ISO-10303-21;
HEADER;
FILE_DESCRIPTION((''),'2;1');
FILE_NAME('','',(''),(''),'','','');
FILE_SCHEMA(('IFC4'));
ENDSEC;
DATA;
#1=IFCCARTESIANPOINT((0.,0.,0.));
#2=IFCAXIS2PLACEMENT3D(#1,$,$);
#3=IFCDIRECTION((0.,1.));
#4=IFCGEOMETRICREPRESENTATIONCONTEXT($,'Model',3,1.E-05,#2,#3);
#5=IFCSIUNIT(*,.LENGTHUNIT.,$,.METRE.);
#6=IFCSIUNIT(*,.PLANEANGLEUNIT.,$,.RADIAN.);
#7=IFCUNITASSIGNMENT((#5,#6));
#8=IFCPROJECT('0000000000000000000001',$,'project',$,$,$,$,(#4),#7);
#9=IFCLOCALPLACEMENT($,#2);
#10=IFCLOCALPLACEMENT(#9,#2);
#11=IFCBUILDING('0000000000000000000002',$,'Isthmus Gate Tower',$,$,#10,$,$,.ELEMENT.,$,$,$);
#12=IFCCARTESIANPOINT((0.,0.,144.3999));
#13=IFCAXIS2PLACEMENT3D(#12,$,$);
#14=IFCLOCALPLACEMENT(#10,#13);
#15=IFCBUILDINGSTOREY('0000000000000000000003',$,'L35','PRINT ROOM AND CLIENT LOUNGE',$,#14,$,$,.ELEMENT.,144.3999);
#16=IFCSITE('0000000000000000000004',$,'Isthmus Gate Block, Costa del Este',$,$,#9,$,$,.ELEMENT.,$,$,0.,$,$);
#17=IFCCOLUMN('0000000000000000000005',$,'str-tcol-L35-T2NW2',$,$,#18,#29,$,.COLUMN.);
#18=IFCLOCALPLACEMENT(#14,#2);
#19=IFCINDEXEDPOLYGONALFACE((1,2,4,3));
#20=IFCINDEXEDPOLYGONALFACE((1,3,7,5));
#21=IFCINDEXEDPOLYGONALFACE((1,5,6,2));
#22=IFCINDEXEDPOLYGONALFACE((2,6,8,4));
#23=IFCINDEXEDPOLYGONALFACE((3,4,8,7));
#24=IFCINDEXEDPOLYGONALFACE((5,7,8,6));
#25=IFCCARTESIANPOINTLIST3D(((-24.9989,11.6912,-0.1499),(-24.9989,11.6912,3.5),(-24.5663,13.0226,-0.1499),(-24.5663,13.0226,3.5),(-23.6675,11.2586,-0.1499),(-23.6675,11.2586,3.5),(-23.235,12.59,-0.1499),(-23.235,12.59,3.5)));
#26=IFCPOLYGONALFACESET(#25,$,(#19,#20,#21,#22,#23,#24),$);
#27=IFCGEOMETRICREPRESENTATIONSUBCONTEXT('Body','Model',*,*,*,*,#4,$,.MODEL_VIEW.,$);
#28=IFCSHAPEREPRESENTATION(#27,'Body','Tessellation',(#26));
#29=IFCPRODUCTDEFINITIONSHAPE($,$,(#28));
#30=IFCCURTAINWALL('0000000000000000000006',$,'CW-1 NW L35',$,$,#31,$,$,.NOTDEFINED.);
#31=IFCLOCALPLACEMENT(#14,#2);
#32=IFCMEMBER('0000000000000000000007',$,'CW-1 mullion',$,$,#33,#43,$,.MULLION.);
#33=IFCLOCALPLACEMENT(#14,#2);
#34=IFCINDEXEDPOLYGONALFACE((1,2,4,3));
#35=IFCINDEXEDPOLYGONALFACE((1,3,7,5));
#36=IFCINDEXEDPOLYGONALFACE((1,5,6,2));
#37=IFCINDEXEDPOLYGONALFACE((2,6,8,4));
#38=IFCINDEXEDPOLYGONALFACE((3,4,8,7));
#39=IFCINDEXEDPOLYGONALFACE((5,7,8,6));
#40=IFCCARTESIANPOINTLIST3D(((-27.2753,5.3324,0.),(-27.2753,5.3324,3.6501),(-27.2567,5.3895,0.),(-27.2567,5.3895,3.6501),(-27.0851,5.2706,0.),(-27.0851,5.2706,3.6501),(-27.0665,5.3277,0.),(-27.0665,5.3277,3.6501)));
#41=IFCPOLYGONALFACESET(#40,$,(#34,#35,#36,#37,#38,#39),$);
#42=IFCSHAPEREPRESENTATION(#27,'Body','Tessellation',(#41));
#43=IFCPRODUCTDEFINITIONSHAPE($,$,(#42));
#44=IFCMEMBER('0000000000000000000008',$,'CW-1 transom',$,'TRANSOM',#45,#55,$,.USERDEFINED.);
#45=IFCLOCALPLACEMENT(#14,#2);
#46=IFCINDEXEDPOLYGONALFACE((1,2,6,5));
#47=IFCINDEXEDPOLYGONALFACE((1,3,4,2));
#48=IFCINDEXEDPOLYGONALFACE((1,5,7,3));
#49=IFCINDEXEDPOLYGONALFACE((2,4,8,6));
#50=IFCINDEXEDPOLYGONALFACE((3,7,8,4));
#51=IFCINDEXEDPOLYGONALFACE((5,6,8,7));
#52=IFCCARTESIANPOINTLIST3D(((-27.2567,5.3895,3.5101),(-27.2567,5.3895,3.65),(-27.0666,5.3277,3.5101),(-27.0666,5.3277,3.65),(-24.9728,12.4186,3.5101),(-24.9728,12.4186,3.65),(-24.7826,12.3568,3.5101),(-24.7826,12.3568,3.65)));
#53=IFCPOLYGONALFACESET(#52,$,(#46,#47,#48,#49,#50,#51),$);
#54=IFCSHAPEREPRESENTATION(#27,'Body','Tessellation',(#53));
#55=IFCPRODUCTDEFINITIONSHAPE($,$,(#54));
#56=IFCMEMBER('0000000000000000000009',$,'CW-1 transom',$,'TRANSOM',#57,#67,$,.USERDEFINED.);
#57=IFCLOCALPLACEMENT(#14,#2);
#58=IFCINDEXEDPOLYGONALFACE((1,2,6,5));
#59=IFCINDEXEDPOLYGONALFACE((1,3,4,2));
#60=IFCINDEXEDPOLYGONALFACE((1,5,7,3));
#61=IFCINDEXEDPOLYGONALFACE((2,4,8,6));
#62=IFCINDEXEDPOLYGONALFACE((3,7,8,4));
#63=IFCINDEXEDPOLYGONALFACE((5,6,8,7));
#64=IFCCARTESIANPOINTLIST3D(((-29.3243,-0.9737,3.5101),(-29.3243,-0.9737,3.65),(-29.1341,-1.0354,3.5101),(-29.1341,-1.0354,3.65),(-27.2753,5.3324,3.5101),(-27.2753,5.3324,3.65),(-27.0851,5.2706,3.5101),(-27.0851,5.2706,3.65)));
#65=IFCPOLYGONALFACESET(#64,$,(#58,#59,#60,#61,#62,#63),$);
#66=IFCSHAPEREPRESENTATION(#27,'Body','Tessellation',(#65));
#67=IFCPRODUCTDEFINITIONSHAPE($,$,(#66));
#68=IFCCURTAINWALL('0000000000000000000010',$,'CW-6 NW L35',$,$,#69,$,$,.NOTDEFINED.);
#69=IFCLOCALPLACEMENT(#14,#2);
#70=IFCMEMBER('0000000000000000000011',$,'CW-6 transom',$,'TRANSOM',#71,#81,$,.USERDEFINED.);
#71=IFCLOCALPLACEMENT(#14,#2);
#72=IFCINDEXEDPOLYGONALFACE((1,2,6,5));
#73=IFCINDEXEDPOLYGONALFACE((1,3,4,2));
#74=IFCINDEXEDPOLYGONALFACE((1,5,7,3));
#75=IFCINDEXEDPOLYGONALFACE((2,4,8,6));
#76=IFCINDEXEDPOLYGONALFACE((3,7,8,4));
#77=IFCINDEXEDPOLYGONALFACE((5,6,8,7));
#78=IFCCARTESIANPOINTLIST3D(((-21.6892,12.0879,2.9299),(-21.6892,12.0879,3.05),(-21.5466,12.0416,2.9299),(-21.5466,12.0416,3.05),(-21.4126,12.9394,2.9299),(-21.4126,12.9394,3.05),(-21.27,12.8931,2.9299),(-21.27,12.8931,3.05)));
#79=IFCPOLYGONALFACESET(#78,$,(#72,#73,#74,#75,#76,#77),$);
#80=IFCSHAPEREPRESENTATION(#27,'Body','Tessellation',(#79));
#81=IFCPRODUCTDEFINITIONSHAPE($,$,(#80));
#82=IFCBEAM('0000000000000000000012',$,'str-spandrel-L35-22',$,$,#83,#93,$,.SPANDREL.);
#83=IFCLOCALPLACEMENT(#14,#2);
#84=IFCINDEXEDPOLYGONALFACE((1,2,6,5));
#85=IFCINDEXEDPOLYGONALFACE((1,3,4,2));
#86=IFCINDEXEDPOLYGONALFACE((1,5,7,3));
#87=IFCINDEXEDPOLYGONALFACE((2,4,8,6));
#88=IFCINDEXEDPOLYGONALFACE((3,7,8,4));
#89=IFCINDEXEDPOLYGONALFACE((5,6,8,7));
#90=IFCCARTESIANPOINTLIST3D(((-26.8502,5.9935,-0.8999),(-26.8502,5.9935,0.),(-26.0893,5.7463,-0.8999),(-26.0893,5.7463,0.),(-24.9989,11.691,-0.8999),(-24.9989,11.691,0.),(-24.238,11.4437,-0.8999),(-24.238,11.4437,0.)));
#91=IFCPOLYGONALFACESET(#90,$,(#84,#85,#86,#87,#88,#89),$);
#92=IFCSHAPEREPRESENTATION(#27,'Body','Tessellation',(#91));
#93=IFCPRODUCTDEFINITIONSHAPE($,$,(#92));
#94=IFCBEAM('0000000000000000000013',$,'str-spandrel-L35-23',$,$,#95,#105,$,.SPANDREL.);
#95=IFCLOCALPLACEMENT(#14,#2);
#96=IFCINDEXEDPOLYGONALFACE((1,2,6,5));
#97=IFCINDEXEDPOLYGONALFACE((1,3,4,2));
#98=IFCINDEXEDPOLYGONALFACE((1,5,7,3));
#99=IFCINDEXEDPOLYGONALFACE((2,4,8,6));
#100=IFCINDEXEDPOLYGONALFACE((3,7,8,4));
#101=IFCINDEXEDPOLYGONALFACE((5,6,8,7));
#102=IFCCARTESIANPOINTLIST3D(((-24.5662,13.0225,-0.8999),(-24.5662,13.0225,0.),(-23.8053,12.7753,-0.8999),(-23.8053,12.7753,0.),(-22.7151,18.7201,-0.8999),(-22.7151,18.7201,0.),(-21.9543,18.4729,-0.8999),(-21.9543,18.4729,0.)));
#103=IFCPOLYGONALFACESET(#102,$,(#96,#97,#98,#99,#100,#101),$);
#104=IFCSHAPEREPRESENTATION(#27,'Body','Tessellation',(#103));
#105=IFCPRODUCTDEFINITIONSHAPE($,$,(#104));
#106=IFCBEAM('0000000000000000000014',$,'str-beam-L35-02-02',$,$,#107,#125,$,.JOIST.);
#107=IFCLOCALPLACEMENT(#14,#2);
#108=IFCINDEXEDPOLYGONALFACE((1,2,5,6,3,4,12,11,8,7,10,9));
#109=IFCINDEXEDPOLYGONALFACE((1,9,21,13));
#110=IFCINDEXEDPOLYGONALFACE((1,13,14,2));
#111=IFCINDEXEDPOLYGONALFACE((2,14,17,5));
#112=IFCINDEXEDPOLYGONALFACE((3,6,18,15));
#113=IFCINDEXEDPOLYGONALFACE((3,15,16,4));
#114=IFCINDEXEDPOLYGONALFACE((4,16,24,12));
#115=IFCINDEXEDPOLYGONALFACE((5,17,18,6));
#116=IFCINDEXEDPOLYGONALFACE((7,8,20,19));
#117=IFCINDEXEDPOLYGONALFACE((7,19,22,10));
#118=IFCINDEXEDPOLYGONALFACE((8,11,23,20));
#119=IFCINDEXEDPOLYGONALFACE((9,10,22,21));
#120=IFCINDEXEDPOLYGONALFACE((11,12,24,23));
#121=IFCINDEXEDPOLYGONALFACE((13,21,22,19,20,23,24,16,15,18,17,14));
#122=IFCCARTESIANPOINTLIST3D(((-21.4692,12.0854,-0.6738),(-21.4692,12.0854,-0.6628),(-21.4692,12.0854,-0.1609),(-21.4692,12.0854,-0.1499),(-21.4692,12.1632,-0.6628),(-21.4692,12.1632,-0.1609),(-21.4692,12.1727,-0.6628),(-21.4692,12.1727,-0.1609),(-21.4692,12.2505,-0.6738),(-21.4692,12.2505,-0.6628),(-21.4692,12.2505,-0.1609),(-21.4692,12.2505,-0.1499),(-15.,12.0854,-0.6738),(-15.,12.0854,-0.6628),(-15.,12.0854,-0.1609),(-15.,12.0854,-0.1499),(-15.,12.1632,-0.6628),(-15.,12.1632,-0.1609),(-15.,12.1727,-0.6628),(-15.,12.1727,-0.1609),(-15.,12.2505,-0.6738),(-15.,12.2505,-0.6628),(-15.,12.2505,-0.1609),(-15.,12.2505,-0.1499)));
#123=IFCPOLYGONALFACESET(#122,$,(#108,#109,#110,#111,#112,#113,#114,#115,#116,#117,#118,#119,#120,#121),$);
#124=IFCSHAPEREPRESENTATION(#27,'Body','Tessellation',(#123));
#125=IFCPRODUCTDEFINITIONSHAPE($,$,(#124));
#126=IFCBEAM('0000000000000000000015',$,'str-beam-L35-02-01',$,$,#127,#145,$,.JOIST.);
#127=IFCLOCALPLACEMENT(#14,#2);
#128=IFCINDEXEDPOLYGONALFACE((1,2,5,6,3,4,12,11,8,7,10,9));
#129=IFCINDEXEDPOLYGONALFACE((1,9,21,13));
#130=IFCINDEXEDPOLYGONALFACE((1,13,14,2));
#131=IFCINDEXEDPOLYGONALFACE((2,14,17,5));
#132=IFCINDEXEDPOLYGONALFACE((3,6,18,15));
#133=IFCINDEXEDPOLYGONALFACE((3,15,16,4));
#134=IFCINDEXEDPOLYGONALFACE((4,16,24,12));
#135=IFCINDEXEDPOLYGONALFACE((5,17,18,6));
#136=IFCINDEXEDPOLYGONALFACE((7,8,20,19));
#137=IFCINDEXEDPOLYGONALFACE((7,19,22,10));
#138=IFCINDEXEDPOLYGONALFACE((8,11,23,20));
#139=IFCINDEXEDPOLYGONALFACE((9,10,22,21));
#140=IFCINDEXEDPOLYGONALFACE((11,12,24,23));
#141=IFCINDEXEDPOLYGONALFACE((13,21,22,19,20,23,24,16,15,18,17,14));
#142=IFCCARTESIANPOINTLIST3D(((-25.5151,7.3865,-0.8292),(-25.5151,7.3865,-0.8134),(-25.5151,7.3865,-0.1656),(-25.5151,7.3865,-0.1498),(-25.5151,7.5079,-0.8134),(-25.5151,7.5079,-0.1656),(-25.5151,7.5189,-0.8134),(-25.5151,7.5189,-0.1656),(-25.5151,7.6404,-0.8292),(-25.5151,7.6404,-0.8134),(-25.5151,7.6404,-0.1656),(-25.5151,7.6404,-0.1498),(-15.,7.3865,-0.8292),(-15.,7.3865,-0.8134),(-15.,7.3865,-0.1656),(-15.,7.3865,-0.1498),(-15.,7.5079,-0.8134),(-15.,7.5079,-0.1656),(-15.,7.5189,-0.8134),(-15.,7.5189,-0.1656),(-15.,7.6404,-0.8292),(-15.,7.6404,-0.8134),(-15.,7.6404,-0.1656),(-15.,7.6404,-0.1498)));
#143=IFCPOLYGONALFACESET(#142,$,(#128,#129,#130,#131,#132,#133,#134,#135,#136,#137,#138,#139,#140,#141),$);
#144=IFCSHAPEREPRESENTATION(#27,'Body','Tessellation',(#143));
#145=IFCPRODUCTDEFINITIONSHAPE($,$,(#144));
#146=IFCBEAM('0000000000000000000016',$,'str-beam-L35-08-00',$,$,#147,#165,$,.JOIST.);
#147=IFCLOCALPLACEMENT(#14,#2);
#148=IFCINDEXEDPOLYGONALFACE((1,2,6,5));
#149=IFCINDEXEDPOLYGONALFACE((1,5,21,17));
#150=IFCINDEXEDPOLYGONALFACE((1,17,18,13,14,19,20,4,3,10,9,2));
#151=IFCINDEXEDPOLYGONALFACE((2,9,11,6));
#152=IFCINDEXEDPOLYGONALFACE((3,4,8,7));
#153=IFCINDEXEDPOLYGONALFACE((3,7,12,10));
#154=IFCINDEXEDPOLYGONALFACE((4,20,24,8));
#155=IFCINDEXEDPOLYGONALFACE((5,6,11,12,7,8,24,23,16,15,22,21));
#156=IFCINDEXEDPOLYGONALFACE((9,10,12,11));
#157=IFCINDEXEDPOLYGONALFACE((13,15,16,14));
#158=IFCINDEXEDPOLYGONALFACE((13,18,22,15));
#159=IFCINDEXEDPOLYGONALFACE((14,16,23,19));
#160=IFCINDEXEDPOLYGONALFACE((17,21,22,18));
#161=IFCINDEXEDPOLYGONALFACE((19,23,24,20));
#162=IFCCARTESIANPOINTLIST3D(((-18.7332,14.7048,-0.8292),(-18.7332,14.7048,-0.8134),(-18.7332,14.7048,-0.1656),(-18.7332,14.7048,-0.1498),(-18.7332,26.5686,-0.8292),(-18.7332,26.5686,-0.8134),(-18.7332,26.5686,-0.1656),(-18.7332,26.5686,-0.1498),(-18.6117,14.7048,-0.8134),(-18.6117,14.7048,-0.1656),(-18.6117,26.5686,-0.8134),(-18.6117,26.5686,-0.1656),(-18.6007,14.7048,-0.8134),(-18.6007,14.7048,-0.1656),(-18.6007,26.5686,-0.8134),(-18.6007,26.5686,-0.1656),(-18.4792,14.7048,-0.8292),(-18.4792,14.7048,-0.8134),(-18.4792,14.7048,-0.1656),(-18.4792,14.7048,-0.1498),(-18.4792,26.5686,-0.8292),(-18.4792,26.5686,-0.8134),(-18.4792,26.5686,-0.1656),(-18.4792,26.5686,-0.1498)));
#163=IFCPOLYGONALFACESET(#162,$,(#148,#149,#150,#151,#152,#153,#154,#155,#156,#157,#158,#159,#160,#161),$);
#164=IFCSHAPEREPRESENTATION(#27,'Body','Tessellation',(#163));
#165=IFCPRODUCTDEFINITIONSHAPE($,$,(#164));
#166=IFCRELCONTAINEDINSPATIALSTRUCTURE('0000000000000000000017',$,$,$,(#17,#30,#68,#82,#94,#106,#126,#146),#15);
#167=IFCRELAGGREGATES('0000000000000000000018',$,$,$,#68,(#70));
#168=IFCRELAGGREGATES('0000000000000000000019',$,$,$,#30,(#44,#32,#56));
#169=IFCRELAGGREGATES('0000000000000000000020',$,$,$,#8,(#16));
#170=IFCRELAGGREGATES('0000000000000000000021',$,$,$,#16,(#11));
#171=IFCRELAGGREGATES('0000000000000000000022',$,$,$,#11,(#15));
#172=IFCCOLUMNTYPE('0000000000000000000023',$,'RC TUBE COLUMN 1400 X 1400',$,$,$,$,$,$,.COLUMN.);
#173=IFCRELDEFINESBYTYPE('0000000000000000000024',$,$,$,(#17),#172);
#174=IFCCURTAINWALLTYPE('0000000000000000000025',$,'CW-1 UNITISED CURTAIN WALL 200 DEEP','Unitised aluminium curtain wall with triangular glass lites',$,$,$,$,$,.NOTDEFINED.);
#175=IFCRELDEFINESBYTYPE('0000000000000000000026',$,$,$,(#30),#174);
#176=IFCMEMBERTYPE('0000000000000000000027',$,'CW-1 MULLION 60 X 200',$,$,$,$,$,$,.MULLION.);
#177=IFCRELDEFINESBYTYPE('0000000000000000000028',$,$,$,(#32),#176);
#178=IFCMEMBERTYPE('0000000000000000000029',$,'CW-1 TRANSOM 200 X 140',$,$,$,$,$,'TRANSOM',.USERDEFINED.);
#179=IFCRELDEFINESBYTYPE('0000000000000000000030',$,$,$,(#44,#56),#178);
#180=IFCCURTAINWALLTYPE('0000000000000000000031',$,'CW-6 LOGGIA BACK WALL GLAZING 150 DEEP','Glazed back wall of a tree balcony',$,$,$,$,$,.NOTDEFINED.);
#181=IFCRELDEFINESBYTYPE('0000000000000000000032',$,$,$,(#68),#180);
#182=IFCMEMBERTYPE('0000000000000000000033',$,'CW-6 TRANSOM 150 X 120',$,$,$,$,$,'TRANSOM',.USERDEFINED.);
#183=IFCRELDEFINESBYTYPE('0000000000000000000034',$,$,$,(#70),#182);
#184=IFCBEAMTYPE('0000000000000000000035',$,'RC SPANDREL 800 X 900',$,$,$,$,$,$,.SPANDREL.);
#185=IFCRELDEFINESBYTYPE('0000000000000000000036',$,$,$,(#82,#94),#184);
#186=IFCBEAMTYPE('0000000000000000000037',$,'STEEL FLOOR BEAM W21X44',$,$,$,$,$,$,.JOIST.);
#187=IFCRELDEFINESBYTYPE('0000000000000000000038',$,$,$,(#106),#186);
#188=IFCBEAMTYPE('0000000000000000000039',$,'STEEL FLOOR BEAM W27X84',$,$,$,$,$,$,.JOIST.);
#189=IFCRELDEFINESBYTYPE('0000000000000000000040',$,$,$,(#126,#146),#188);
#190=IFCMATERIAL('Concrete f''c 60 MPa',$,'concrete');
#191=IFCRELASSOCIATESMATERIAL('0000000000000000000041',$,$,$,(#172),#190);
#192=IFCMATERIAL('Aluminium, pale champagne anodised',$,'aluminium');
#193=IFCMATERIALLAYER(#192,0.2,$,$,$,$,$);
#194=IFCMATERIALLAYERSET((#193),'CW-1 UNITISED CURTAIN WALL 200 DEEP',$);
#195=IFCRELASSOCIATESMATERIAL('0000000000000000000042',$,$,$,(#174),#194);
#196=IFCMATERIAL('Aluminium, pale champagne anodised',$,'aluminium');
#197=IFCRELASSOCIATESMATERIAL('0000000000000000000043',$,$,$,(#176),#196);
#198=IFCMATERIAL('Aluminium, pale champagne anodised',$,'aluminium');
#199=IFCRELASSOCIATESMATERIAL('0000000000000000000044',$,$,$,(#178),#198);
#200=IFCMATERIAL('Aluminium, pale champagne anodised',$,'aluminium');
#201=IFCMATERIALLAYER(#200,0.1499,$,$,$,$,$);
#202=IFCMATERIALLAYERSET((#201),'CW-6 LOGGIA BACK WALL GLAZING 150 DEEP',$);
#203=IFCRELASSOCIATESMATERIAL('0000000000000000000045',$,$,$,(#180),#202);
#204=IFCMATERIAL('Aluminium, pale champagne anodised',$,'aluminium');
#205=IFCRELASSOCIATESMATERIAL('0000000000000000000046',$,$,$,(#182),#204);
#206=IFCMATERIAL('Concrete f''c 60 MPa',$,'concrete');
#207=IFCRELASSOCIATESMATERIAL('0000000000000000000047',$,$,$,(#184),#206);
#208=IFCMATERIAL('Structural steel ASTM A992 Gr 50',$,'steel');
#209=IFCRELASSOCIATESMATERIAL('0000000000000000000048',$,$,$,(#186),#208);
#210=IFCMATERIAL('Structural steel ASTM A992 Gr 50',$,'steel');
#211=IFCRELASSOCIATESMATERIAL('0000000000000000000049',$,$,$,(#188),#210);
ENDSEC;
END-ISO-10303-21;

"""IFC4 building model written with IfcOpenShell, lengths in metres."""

from ifc_helpers import new_model, si_unit, direction, frame, origin, origin_2d, place, context, subcontext, project, spatial, rectangle, i_section, extrude, material, layer, layer_set, material_profile, profile_set, type_object, element, aggregate, save


model = new_model("IFC4")

# Units and contexts
model_context = context("Model", 3, precision=1e-05, world=origin(), true_north=direction((0.0, 1.0)))
body_context = subcontext(model_context, "Body", "Model", "MODEL_VIEW")
ifc_project = project(units=[si_unit("LENGTHUNIT", "METRE"), si_unit("PLANEANGLEUNIT", "RADIAN")], contexts=[model_context])

# Site, building, storey
site_placement = place(None, origin())
site = spatial("IfcSite", under=ifc_project, at=site_placement, Name="Isthmus Gate Block, Costa del Este", CompositionType="ELEMENT", RefElevation=0.0)
building_placement = place(site_placement, origin())
building = spatial("IfcBuilding", under=site, at=building_placement, Name="Isthmus Gate Tower", CompositionType="ELEMENT")
storey_placement = place(building_placement, frame((0.0, 0.0, 144.3999)))
storey = spatial("IfcBuildingStorey", under=building, at=storey_placement, Name="L35", Description="PRINT ROOM AND CLIENT LOUNGE", CompositionType="ELEMENT", Elevation=144.3999)

# Column
ifc_material_1 = material(Name="Concrete f'c 60 MPa", Category="concrete")
ifc_material_profile_1 = material_profile(ifc_material_1, rectangle(XDim=1.3999, YDim=1.3999, at=origin_2d()), Name="RC 1400X1400")
ifc_profile_set_1 = profile_set([ifc_material_profile_1], Name="Concrete f'c 60 MPa")
column_type = type_object("IfcColumnType", Name="RC TUBE COLUMN 1400 X 1400", PredefinedType="COLUMN", material=ifc_profile_set_1)
column_placement = place(storey_placement, frame((-24.1169, 12.1406, -0.1499), z_axis=(0.0, 0.0, 1.0), x_axis=(-0.309017, -0.951057, 0.0)))
element("IfcColumn", 1, at=column_placement, inside=storey, type_object=column_type, Name="str-tcol-L35-T2NW2", PredefinedType="COLUMN", context=body_context, shape_type="SweptSolid", body=[
    extrude(rectangle(XDim=1.3999, YDim=1.3999, at=origin_2d()), origin(), (0.0, 0.0, 1.0), 3.6499),
])

# Curtain wall, members
ifc_material_2 = material(Name="Aluminium, pale champagne anodised", Category="aluminium")
ifc_layer_1 = layer(ifc_material_2, 0.2)
ifc_layer_set_1 = layer_set([ifc_layer_1], Name="CW-1 UNITISED CURTAIN WALL 200 DEEP")
curtain_wall_type_1 = type_object("IfcCurtainWallType", Name="CW-1 UNITISED CURTAIN WALL 200 DEEP", Description="Unitised aluminium curtain wall with triangular glass lites", PredefinedType="NOTDEFINED", material=ifc_layer_set_1)
curtain_wall_1_placement = place(storey_placement, origin())
curtain_wall_1 = element("IfcCurtainWall", 2, at=curtain_wall_1_placement, inside=storey, type_object=curtain_wall_type_1, Name="CW-1 NW L35", PredefinedType="NOTDEFINED")
ifc_material_3 = material(Name="Aluminium, pale champagne anodised", Category="aluminium")
ifc_material_profile_2 = material_profile(ifc_material_3, rectangle(XDim=0.0601, YDim=0.2, at=origin_2d()), Name="60x200")
ifc_profile_set_2 = profile_set([ifc_material_profile_2], Name="Aluminium, pale champagne anodised")
member_type_1 = type_object("IfcMemberType", Name="CW-1 MULLION 60 X 200", PredefinedType="MULLION", material=ifc_profile_set_2)
member_1_placement = place(storey_placement, frame((-27.1709, 5.3301, 0.0), z_axis=(0.0, 0.0, 1.0), x_axis=(-0.309017, -0.951057, 0.0)))
member_1 = element("IfcMember", 3, at=member_1_placement, type_object=member_type_1, Name="CW-1 mullion", PredefinedType="MULLION", context=body_context, shape_type="SweptSolid", body=[
    extrude(rectangle(XDim=0.0601, YDim=0.2, at=origin_2d()), origin(), (0.0, 0.0, 1.0), 3.6501),
])
ifc_material_4 = material(Name="Aluminium, pale champagne anodised", Category="aluminium")
ifc_material_profile_3 = material_profile(ifc_material_4, rectangle(XDim=0.2, YDim=0.1399, at=origin_2d()), Name="200x140")
ifc_profile_set_3 = profile_set([ifc_material_profile_3], Name="Aluminium, pale champagne anodised")
member_type_2 = type_object("IfcMemberType", Name="CW-1 TRANSOM 200 X 140", ElementType="TRANSOM", PredefinedType="USERDEFINED", material=ifc_profile_set_3)
member_2_placement = place(storey_placement, frame((-24.8777, 12.3877, 3.5801), z_axis=(-0.309024, -0.951054, 0.0), x_axis=(0.951054, -0.309024, 0.0)))
member_2 = element("IfcMember", 4, at=member_2_placement, type_object=member_type_2, Name="CW-1 transom", ObjectType="TRANSOM", PredefinedType="USERDEFINED", context=body_context, shape_type="SweptSolid", body=[
    extrude(rectangle(XDim=0.2, YDim=0.1399, at=origin_2d()), origin(), (0.0, 0.0, 1.0), 7.3909),
])
member_3_placement = place(storey_placement, frame((-27.1802, 5.3015, 3.5801), z_axis=(-0.309028, -0.951053, 0.0), x_axis=(0.951053, -0.309028, 0.0)))
member_3 = element("IfcMember", 5, at=member_3_placement, type_object=member_type_2, Name="CW-1 transom", ObjectType="TRANSOM", PredefinedType="USERDEFINED", context=body_context, shape_type="SweptSolid", body=[
    extrude(rectangle(XDim=0.2, YDim=0.1399, at=origin_2d()), origin(), (0.0, 0.0, 1.0), 6.6306),
])

# Curtain wall, member
ifc_material_5 = material(Name="Aluminium, pale champagne anodised", Category="aluminium")
ifc_layer_2 = layer(ifc_material_5, 0.1499)
ifc_layer_set_2 = layer_set([ifc_layer_2], Name="CW-6 LOGGIA BACK WALL GLAZING 150 DEEP")
curtain_wall_type_2 = type_object("IfcCurtainWallType", Name="CW-6 LOGGIA BACK WALL GLAZING 150 DEEP", Description="Glazed back wall of a tree balcony", PredefinedType="NOTDEFINED", material=ifc_layer_set_2)
curtain_wall_2_placement = place(storey_placement, origin())
curtain_wall_2 = element("IfcCurtainWall", 6, at=curtain_wall_2_placement, inside=storey, type_object=curtain_wall_type_2, Name="CW-6 NW L35", PredefinedType="NOTDEFINED")
ifc_material_6 = material(Name="Aluminium, pale champagne anodised", Category="aluminium")
ifc_material_profile_4 = material_profile(ifc_material_6, rectangle(XDim=0.1499, YDim=0.1201, at=origin_2d()), Name="150x120")
ifc_profile_set_4 = profile_set([ifc_material_profile_4], Name="Aluminium, pale champagne anodised")
member_type_3 = type_object("IfcMemberType", Name="CW-6 TRANSOM 150 X 120", ElementType="TRANSOM", PredefinedType="USERDEFINED", material=ifc_profile_set_4)
member_4_placement = place(storey_placement, frame((-21.3413, 12.9163, 2.99), z_axis=(-0.308938, -0.951082, 0.0), x_axis=(0.951082, -0.308938, 0.0)))
member_4 = element("IfcMember", 7, at=member_4_placement, type_object=member_type_3, Name="CW-6 transom", ObjectType="TRANSOM", PredefinedType="USERDEFINED", context=body_context, shape_type="SweptSolid", body=[
    extrude(rectangle(XDim=0.1499, YDim=0.1201, at=origin_2d()), origin(), (0.0, 0.0, 1.0), 0.8953),
])

# Beams
ifc_material_7 = material(Name="Concrete f'c 60 MPa", Category="concrete")
ifc_material_profile_5 = material_profile(ifc_material_7, rectangle(XDim=0.8, YDim=0.8999, at=origin_2d()), Name="RC 800X900")
ifc_profile_set_5 = profile_set([ifc_material_profile_5], Name="Concrete f'c 60 MPa")
beam_type_1 = type_object("IfcBeamType", Name="RC SPANDREL 800 X 900", PredefinedType="SPANDREL", material=ifc_profile_set_5)
for number, where, z_axis, x_axis, name in (
    (8, (-26.4697, 5.8699, -0.45), (0.30903, 0.951052, 0.0), (-0.951052, 0.30903, 0.0), "str-spandrel-L35-22"),
    (9, (-24.1858, 12.8989, -0.45), (0.308993, 0.951064, 0.0), (-0.951064, 0.308993, 0.0), "str-spandrel-L35-23"),
):
    element("IfcBeam", number, at=place(storey_placement, frame(where, z_axis=z_axis, x_axis=x_axis)), inside=storey, type_object=beam_type_1, Name=name, PredefinedType="SPANDREL", context=body_context, shape_type="SweptSolid", body=[
        extrude(rectangle(XDim=0.8, YDim=0.8999, at=origin_2d()), origin(), (0.0, 0.0, 1.0), 5.9907),
    ])
ifc_material_8 = material(Name="Structural steel ASTM A992 Gr 50", Category="steel")
ifc_material_profile_6 = material_profile(ifc_material_8, i_section(OverallWidth=0.165, OverallDepth=0.5239, WebThickness=0.0095, FlangeThickness=0.011, at=origin_2d()), Name="W21X44")
ifc_profile_set_6 = profile_set([ifc_material_profile_6], Name="Structural steel ASTM A992 Gr 50")
beam_type_2 = type_object("IfcBeamType", Name="STEEL FLOOR BEAM W21X44", PredefinedType="JOIST", material=ifc_profile_set_6)
beam_1_placement = place(storey_placement, frame((-21.4692, 12.168, -0.4119), z_axis=(1.0, 0.0, 0.0), x_axis=(0.0, 1.0, 0.0)))
element("IfcBeam", 10, at=beam_1_placement, inside=storey, type_object=beam_type_2, Name="str-beam-L35-02-02", PredefinedType="JOIST", context=body_context, shape_type="SweptSolid", body=[
    extrude(i_section(OverallWidth=0.165, OverallDepth=0.5239, WebThickness=0.0095, FlangeThickness=0.011, at=origin_2d()), origin(), (0.0, 0.0, 1.0), 6.4692),
])
ifc_material_9 = material(Name="Structural steel ASTM A992 Gr 50", Category="steel")
ifc_material_profile_7 = material_profile(ifc_material_9, i_section(OverallWidth=0.2539, OverallDepth=0.6794, WebThickness=0.011, FlangeThickness=0.0159, at=origin_2d()), Name="W27X84")
ifc_profile_set_7 = profile_set([ifc_material_profile_7], Name="Structural steel ASTM A992 Gr 50")
beam_type_3 = type_object("IfcBeamType", Name="STEEL FLOOR BEAM W27X84", PredefinedType="JOIST", material=ifc_profile_set_7)
beam_2_placement = place(storey_placement, frame((-25.5151, 7.5134, -0.4895), z_axis=(1.0, 0.0, 0.0), x_axis=(0.0, 1.0, 0.0)))
element("IfcBeam", 11, at=beam_2_placement, inside=storey, type_object=beam_type_3, Name="str-beam-L35-02-01", PredefinedType="JOIST", context=body_context, shape_type="SweptSolid", body=[
    extrude(i_section(OverallWidth=0.2539, OverallDepth=0.6794, WebThickness=0.011, FlangeThickness=0.0159, at=origin_2d()), origin(), (0.0, 0.0, 1.0), 10.5151),
])
beam_3_placement = place(storey_placement, frame((-18.6062, 14.7048, -0.4895), z_axis=(0.0, 1.0, 0.0), x_axis=(-1.0, 0.0, 0.0)))
element("IfcBeam", 12, at=beam_3_placement, inside=storey, type_object=beam_type_3, Name="str-beam-L35-08-00", PredefinedType="JOIST", context=body_context, shape_type="SweptSolid", body=[
    extrude(i_section(OverallWidth=0.2539, OverallDepth=0.6794, WebThickness=0.011, FlangeThickness=0.0159, at=origin_2d()), origin(), (0.0, 0.0, 1.0), 11.8638),
])

aggregate(curtain_wall_2, [member_4])

aggregate(curtain_wall_1, [member_2, member_1, member_3])

save(model, "model.ifc")
